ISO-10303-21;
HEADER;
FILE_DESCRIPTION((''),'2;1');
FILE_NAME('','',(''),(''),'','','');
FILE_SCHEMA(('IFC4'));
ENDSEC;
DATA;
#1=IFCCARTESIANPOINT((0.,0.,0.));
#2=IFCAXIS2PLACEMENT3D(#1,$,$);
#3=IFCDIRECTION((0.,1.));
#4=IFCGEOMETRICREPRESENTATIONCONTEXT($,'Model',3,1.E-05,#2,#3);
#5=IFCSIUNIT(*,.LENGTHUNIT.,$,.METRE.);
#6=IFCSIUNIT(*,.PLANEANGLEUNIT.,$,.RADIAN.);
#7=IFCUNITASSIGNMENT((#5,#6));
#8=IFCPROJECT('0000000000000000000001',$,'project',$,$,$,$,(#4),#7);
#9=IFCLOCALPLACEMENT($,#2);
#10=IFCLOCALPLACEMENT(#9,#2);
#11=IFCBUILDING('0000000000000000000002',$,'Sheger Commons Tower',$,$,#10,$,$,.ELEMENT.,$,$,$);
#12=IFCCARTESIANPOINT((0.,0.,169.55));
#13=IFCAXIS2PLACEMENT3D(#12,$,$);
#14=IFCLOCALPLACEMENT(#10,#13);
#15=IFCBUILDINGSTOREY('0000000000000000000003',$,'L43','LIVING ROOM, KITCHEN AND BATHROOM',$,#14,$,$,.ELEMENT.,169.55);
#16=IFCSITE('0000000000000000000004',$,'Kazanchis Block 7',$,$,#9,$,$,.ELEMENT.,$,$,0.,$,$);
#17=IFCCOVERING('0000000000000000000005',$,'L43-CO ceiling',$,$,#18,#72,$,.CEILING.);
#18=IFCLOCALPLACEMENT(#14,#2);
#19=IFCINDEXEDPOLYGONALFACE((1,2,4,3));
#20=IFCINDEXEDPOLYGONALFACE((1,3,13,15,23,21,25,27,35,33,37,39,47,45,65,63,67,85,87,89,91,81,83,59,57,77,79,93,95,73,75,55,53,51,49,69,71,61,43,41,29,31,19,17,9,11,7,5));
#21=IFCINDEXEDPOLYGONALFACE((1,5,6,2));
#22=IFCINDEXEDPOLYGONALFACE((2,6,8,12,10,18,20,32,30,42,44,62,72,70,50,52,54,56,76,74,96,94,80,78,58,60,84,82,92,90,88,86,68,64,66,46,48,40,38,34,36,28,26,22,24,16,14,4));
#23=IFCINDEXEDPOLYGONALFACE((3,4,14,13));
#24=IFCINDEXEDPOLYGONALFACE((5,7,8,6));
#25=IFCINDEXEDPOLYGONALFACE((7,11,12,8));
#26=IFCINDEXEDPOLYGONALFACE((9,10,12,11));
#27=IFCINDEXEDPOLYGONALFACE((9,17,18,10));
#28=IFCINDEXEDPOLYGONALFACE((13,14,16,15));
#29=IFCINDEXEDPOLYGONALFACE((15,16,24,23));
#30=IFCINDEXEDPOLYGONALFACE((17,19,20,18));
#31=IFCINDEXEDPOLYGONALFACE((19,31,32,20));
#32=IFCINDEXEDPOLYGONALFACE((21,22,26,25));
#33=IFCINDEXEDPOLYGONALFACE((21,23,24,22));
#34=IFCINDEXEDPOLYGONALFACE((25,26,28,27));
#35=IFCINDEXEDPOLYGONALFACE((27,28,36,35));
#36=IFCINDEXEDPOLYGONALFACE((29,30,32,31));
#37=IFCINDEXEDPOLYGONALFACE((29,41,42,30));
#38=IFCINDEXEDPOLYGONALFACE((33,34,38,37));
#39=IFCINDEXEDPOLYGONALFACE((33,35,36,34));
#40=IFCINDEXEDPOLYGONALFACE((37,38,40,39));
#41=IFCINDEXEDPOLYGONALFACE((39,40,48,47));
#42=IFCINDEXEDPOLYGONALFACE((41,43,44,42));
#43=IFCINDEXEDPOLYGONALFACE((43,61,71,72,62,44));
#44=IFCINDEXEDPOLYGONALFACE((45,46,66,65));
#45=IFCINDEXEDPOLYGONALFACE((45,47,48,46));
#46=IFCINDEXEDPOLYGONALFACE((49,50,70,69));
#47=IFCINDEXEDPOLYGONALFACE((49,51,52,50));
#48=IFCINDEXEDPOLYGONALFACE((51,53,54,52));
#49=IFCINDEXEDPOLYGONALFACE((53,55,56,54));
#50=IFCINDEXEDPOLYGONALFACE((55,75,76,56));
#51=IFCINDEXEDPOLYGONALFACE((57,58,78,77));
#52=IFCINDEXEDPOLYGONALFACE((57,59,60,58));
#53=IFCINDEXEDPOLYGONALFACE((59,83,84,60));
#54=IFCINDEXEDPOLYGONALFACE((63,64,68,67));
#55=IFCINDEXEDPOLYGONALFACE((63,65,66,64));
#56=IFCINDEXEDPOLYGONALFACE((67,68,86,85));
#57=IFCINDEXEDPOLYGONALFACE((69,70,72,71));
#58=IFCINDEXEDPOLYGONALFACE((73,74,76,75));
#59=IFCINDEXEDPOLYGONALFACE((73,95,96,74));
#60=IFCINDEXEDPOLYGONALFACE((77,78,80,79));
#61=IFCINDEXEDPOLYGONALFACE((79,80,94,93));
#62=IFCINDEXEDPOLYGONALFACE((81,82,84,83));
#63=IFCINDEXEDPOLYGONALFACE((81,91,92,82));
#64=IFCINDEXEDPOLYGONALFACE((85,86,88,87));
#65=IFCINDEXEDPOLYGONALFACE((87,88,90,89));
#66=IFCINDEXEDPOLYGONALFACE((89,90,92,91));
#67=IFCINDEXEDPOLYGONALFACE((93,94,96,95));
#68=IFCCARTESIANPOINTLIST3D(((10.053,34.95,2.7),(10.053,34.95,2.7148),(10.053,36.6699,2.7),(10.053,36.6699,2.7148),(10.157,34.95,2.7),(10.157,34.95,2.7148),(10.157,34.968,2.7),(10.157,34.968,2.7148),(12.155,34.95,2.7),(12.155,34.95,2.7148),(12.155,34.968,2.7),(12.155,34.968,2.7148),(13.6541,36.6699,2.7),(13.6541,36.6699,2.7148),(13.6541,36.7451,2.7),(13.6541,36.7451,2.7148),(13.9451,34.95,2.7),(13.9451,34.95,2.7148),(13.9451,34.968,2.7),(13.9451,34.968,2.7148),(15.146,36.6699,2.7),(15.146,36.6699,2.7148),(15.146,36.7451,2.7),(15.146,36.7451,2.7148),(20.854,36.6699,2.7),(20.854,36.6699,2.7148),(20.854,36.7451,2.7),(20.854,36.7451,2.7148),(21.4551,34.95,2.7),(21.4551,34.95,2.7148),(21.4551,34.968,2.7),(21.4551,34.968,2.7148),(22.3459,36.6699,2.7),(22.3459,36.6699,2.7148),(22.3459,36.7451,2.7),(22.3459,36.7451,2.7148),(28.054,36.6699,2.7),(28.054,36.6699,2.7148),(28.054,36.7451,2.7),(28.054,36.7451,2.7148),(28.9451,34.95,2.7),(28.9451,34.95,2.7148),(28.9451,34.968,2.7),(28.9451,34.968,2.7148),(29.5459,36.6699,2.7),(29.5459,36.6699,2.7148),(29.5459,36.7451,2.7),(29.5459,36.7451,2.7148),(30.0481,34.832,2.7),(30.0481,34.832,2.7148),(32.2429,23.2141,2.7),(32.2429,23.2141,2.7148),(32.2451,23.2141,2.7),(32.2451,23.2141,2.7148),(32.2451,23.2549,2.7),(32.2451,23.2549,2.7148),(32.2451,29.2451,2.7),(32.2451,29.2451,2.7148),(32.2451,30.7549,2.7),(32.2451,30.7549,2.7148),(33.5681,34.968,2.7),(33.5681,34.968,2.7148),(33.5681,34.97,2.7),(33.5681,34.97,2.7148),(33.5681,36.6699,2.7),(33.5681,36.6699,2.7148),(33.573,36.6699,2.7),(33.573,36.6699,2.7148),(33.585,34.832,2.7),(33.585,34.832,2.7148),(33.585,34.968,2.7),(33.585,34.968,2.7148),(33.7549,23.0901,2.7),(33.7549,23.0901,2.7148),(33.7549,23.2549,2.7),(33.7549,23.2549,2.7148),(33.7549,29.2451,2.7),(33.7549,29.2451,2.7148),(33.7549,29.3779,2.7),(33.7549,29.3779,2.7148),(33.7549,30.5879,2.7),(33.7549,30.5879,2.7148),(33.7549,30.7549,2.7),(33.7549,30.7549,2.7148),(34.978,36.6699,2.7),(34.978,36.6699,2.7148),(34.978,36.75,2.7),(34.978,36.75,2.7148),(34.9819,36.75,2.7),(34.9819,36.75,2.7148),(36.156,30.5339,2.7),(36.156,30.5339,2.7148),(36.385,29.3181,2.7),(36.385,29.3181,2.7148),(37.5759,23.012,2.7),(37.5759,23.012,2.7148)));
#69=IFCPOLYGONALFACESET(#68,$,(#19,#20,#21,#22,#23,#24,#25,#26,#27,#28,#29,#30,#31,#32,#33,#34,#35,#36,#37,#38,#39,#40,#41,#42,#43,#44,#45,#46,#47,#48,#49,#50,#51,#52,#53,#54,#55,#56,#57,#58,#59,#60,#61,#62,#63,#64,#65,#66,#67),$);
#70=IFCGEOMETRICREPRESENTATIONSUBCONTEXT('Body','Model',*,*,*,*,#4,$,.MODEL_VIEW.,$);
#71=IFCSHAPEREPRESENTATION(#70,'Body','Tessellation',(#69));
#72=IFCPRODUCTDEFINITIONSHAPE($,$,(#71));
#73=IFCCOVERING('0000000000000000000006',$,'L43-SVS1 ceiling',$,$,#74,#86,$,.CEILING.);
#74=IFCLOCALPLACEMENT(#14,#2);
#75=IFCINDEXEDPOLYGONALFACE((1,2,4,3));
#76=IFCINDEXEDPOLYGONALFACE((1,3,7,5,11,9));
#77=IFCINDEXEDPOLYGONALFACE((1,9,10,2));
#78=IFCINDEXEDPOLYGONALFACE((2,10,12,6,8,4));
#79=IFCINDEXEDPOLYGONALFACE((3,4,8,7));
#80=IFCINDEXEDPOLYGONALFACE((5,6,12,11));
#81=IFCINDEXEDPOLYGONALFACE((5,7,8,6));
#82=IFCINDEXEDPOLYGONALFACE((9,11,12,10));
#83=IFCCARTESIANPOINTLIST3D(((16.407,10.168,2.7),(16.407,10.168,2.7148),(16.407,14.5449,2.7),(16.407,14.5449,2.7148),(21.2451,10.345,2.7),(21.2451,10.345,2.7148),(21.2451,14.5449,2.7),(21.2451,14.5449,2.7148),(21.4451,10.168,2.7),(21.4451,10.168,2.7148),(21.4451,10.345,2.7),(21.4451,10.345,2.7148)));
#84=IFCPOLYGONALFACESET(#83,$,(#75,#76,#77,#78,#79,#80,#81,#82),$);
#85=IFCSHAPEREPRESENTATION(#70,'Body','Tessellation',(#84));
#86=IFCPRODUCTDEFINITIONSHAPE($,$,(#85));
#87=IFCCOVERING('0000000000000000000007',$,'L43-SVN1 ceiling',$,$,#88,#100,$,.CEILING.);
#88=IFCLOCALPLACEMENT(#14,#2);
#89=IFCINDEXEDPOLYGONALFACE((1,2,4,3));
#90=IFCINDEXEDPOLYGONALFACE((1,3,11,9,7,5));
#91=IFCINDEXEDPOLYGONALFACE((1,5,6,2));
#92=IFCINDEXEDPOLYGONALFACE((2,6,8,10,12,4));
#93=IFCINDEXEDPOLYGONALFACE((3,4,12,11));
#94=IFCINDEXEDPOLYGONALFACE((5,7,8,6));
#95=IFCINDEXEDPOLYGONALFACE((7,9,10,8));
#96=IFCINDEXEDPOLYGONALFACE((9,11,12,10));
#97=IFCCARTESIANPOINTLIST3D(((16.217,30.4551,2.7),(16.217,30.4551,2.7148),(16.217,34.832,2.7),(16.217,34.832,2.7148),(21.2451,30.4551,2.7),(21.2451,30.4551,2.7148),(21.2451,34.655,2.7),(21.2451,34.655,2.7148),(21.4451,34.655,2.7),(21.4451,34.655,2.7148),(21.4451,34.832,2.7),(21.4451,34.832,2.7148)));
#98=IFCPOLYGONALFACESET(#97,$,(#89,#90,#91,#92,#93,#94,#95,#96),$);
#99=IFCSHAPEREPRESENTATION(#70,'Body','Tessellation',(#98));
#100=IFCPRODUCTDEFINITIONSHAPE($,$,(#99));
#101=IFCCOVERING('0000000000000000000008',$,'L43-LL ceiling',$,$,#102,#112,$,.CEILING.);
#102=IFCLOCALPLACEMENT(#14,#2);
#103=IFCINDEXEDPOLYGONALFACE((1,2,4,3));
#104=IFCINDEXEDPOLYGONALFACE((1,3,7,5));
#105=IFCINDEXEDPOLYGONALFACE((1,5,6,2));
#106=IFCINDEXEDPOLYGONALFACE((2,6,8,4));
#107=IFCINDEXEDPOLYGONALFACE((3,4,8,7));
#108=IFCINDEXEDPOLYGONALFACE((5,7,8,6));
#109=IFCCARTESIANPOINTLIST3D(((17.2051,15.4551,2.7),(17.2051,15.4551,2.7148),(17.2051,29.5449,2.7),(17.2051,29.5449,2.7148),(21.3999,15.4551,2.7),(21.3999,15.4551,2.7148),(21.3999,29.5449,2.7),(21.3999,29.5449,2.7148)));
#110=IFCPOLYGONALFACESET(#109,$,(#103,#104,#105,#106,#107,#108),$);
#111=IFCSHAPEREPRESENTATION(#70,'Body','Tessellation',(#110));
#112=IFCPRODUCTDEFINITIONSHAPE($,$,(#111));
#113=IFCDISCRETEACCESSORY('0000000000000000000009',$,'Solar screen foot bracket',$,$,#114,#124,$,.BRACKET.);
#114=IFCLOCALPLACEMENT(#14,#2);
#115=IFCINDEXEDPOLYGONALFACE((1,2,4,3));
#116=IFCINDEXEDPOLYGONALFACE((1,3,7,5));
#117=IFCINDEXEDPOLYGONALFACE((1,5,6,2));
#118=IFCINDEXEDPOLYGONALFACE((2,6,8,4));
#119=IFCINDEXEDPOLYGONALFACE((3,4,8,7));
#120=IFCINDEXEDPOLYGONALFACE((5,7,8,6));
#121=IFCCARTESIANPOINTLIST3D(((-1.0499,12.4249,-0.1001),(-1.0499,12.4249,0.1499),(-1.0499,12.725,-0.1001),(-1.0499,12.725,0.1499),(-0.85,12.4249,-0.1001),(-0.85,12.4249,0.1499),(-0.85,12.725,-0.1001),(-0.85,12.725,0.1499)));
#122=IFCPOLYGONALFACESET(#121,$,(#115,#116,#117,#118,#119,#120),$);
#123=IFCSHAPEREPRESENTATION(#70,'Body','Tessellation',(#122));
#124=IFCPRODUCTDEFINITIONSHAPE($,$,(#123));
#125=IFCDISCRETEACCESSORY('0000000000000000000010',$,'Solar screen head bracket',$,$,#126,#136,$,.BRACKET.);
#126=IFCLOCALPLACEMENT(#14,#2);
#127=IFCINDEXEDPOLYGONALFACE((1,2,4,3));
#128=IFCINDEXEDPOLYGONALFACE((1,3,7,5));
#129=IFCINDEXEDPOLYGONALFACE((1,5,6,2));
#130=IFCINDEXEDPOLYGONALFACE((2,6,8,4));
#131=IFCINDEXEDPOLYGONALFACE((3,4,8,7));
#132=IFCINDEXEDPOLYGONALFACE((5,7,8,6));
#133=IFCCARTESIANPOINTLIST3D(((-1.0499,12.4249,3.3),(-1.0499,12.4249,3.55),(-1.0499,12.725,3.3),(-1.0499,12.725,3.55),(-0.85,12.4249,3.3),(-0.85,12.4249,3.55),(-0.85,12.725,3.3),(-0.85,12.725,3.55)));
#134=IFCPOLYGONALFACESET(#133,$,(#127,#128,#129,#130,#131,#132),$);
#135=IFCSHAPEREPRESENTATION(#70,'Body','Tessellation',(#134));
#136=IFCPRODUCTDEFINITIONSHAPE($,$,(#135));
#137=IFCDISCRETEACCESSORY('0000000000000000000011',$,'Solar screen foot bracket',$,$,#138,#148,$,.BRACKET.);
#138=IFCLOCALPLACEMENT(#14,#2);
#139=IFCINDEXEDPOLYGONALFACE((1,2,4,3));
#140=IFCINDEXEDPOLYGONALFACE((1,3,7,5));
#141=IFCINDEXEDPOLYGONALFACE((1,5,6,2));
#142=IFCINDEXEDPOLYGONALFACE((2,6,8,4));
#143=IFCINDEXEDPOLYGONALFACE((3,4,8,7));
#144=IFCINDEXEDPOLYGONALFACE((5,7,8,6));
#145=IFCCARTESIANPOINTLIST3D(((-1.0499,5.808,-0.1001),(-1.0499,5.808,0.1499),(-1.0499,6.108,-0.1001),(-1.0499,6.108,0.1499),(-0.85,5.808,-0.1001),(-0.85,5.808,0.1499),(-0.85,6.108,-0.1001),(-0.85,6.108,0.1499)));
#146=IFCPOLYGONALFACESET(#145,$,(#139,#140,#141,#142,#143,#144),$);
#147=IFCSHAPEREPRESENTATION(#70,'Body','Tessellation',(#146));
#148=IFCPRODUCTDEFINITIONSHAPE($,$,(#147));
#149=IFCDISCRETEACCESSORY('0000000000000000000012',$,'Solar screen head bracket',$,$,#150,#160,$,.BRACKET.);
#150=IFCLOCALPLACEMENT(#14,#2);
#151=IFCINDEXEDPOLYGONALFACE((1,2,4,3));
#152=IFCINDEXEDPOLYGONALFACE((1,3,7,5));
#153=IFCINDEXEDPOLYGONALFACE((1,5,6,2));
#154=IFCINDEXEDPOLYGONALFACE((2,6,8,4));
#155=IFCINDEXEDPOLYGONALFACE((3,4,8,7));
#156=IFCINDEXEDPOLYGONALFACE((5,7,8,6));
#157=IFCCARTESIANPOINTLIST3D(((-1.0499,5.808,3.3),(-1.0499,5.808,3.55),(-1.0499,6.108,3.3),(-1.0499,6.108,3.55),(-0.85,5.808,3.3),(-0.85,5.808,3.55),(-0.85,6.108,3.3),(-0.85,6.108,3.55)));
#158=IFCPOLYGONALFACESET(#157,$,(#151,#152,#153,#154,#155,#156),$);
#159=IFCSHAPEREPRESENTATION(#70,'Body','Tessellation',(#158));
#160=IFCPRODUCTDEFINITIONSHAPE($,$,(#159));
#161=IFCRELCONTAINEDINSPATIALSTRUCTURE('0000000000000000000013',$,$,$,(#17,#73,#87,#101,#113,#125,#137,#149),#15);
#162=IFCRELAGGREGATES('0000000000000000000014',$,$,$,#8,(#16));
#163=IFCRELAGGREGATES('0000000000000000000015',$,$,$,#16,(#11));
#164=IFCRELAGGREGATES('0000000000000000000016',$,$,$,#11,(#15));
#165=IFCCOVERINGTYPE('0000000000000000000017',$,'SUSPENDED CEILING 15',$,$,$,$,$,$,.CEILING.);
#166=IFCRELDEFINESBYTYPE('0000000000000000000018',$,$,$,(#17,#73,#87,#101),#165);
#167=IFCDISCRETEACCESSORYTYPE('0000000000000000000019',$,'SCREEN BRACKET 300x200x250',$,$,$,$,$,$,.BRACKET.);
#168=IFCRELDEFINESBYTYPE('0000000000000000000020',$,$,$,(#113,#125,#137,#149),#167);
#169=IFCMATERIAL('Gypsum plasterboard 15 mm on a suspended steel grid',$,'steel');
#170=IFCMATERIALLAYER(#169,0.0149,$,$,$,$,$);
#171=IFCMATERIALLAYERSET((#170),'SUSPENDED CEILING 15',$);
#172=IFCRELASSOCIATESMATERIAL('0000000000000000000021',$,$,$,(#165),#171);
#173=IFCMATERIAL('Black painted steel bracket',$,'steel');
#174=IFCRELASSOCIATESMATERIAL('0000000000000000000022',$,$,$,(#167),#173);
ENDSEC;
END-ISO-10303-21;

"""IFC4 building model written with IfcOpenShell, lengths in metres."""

from ifc_helpers import new_model, si_unit, direction, frame, origin, origin_2d, place, context, subcontext, project, spatial, polyline, rectangle, outline, extrude, material, layer, layer_set, type_object, element, save


model = new_model("IFC4")

# Units and contexts
model_context = context("Model", 3, precision=1e-05, world=origin(), true_north=direction((0.0, 1.0)))
body_context = subcontext(model_context, "Body", "Model", "MODEL_VIEW")
ifc_project = project(units=[si_unit("LENGTHUNIT", "METRE"), si_unit("PLANEANGLEUNIT", "RADIAN")], contexts=[model_context])

# Site, building, storey
site_placement = place(None, origin())
site = spatial("IfcSite", under=ifc_project, at=site_placement, Name="Kazanchis Block 7", CompositionType="ELEMENT", RefElevation=0.0)
building_placement = place(site_placement, origin())
building = spatial("IfcBuilding", under=site, at=building_placement, Name="Sheger Commons Tower", CompositionType="ELEMENT")
storey_placement = place(building_placement, frame((0.0, 0.0, 169.55)))
storey = spatial("IfcBuildingStorey", under=building, at=storey_placement, Name="L43", Description="LIVING ROOM, KITCHEN AND BATHROOM", CompositionType="ELEMENT", Elevation=169.55)

# Coverings
ifc_material_1 = material(Name="Gypsum plasterboard 15 mm on a suspended steel grid", Category="steel")
ifc_layer_1 = layer(ifc_material_1, 0.0149)
ifc_layer_set_1 = layer_set([ifc_layer_1], Name="SUSPENDED CEILING 15")
covering_type_1 = type_object("IfcCoveringType", Name="SUSPENDED CEILING 15", PredefinedType="CEILING", material=ifc_layer_set_1)
covering_1_placement = place(storey_placement, frame((0.0, 0.0, 2.7)))
element("IfcCovering", 1, at=covering_1_placement, inside=storey, type_object=covering_type_1, Name="L43-CO ceiling", PredefinedType="CEILING", context=body_context, shape_type="SweptSolid", body=[
    extrude(outline(polyline([(37.5759, 23.012), (36.385, 29.3181), (33.7549, 29.3779), (33.7549, 29.2451), (32.2451, 29.2451), (32.2451, 30.7549), (33.7549, 30.7549), (33.7549, 30.5879), (36.156, 30.5339), (34.9819, 36.75), (34.978, 36.75), (34.978, 36.6699), (33.573, 36.6699), (33.5681, 34.97), (33.5681, 36.6699), (29.5459, 36.6699), (29.5459, 36.7451), (28.054, 36.7451), (28.054, 36.6699), (22.3459, 36.6699), (22.3459, 36.7451), (20.854, 36.7451), (20.854, 36.6699), (15.146, 36.6699), (15.146, 36.7451), (13.6541, 36.7451), (13.6541, 36.6699), (10.053, 36.6699), (10.053, 34.95), (10.157, 34.95), (10.157, 34.968), (12.155, 34.968), (12.155, 34.95), (13.9451, 34.95), (13.9451, 34.968), (21.4551, 34.968), (21.4551, 34.95), (28.9451, 34.95), (28.9451, 34.968), (33.5681, 34.968), (33.585, 34.968), (33.585, 34.832), (30.0481, 34.832), (32.2429, 23.2141), (32.2451, 23.2141), (32.2451, 23.2549), (33.7549, 23.2549), (33.7549, 23.0901), (37.5759, 23.012)])), origin(), (0.0, 0.0, 1.0), 0.0149),
])
covering_2_placement = place(storey_placement, frame((0.0, 0.0, 2.7)))
element("IfcCovering", 2, at=covering_2_placement, inside=storey, type_object=covering_type_1, Name="L43-SVS1 ceiling", PredefinedType="CEILING", context=body_context, shape_type="SweptSolid", body=[
    extrude(outline(polyline([(16.407, 10.168), (21.4451, 10.168), (21.4451, 10.345), (21.2451, 10.345), (21.2451, 14.5449), (16.407, 14.5449), (16.407, 10.168)])), origin(), (0.0, 0.0, 1.0), 0.0149),
])
covering_3_placement = place(storey_placement, frame((0.0, 0.0, 2.7)))
element("IfcCovering", 3, at=covering_3_placement, inside=storey, type_object=covering_type_1, Name="L43-SVN1 ceiling", PredefinedType="CEILING", context=body_context, shape_type="SweptSolid", body=[
    extrude(outline(polyline([(16.217, 30.4551), (21.2451, 30.4551), (21.2451, 34.655), (21.4451, 34.655), (21.4451, 34.832), (16.217, 34.832), (16.217, 30.4551)])), origin(), (0.0, 0.0, 1.0), 0.0149),
])
covering_4_placement = place(storey_placement, frame((0.0, 0.0, 2.7)))
element("IfcCovering", 4, at=covering_4_placement, inside=storey, type_object=covering_type_1, Name="L43-LL ceiling", PredefinedType="CEILING", context=body_context, shape_type="SweptSolid", body=[
    extrude(outline(polyline([(17.2051, 15.4551), (21.3999, 15.4551), (21.3999, 29.5449), (17.2051, 29.5449), (17.2051, 15.4551)])), origin(), (0.0, 0.0, 1.0), 0.0149),
])

# Discrete accessories
ifc_material_2 = material(Name="Black painted steel bracket", Category="steel")
discrete_accessory_type = type_object("IfcDiscreteAccessoryType", Name="SCREEN BRACKET 300x200x250", PredefinedType="BRACKET", material=ifc_material_2)
for number, where, z_axis, x_axis, name in (
    (5, (-0.95, 12.575, -0.1001), (0.0, 0.0, 1.0), (0.0, -1.0, 0.0), "Solar screen foot bracket"),
    (6, (-0.95, 12.575, 3.3), (0.0, 0.0, 1.0), (0.0, -1.0, 0.0), "Solar screen head bracket"),
    (7, (-0.95, 5.958, -0.1001), (0.0, 0.0, 1.0), (0.0, -1.0, 0.0), "Solar screen foot bracket"),
    (8, (-0.95, 5.958, 3.3), (0.0, 0.0, 1.0), (0.0, -1.0, 0.0), "Solar screen head bracket"),
):
    element("IfcDiscreteAccessory", number, at=place(storey_placement, frame(where, z_axis=z_axis, x_axis=x_axis)), inside=storey, type_object=discrete_accessory_type, Name=name, PredefinedType="BRACKET", context=body_context, shape_type="SweptSolid", body=[
        extrude(rectangle(XDim=0.3, YDim=0.2, at=origin_2d()), origin(), (0.0, 0.0, 1.0), 0.25),
    ])

save(model, "model.ifc")
